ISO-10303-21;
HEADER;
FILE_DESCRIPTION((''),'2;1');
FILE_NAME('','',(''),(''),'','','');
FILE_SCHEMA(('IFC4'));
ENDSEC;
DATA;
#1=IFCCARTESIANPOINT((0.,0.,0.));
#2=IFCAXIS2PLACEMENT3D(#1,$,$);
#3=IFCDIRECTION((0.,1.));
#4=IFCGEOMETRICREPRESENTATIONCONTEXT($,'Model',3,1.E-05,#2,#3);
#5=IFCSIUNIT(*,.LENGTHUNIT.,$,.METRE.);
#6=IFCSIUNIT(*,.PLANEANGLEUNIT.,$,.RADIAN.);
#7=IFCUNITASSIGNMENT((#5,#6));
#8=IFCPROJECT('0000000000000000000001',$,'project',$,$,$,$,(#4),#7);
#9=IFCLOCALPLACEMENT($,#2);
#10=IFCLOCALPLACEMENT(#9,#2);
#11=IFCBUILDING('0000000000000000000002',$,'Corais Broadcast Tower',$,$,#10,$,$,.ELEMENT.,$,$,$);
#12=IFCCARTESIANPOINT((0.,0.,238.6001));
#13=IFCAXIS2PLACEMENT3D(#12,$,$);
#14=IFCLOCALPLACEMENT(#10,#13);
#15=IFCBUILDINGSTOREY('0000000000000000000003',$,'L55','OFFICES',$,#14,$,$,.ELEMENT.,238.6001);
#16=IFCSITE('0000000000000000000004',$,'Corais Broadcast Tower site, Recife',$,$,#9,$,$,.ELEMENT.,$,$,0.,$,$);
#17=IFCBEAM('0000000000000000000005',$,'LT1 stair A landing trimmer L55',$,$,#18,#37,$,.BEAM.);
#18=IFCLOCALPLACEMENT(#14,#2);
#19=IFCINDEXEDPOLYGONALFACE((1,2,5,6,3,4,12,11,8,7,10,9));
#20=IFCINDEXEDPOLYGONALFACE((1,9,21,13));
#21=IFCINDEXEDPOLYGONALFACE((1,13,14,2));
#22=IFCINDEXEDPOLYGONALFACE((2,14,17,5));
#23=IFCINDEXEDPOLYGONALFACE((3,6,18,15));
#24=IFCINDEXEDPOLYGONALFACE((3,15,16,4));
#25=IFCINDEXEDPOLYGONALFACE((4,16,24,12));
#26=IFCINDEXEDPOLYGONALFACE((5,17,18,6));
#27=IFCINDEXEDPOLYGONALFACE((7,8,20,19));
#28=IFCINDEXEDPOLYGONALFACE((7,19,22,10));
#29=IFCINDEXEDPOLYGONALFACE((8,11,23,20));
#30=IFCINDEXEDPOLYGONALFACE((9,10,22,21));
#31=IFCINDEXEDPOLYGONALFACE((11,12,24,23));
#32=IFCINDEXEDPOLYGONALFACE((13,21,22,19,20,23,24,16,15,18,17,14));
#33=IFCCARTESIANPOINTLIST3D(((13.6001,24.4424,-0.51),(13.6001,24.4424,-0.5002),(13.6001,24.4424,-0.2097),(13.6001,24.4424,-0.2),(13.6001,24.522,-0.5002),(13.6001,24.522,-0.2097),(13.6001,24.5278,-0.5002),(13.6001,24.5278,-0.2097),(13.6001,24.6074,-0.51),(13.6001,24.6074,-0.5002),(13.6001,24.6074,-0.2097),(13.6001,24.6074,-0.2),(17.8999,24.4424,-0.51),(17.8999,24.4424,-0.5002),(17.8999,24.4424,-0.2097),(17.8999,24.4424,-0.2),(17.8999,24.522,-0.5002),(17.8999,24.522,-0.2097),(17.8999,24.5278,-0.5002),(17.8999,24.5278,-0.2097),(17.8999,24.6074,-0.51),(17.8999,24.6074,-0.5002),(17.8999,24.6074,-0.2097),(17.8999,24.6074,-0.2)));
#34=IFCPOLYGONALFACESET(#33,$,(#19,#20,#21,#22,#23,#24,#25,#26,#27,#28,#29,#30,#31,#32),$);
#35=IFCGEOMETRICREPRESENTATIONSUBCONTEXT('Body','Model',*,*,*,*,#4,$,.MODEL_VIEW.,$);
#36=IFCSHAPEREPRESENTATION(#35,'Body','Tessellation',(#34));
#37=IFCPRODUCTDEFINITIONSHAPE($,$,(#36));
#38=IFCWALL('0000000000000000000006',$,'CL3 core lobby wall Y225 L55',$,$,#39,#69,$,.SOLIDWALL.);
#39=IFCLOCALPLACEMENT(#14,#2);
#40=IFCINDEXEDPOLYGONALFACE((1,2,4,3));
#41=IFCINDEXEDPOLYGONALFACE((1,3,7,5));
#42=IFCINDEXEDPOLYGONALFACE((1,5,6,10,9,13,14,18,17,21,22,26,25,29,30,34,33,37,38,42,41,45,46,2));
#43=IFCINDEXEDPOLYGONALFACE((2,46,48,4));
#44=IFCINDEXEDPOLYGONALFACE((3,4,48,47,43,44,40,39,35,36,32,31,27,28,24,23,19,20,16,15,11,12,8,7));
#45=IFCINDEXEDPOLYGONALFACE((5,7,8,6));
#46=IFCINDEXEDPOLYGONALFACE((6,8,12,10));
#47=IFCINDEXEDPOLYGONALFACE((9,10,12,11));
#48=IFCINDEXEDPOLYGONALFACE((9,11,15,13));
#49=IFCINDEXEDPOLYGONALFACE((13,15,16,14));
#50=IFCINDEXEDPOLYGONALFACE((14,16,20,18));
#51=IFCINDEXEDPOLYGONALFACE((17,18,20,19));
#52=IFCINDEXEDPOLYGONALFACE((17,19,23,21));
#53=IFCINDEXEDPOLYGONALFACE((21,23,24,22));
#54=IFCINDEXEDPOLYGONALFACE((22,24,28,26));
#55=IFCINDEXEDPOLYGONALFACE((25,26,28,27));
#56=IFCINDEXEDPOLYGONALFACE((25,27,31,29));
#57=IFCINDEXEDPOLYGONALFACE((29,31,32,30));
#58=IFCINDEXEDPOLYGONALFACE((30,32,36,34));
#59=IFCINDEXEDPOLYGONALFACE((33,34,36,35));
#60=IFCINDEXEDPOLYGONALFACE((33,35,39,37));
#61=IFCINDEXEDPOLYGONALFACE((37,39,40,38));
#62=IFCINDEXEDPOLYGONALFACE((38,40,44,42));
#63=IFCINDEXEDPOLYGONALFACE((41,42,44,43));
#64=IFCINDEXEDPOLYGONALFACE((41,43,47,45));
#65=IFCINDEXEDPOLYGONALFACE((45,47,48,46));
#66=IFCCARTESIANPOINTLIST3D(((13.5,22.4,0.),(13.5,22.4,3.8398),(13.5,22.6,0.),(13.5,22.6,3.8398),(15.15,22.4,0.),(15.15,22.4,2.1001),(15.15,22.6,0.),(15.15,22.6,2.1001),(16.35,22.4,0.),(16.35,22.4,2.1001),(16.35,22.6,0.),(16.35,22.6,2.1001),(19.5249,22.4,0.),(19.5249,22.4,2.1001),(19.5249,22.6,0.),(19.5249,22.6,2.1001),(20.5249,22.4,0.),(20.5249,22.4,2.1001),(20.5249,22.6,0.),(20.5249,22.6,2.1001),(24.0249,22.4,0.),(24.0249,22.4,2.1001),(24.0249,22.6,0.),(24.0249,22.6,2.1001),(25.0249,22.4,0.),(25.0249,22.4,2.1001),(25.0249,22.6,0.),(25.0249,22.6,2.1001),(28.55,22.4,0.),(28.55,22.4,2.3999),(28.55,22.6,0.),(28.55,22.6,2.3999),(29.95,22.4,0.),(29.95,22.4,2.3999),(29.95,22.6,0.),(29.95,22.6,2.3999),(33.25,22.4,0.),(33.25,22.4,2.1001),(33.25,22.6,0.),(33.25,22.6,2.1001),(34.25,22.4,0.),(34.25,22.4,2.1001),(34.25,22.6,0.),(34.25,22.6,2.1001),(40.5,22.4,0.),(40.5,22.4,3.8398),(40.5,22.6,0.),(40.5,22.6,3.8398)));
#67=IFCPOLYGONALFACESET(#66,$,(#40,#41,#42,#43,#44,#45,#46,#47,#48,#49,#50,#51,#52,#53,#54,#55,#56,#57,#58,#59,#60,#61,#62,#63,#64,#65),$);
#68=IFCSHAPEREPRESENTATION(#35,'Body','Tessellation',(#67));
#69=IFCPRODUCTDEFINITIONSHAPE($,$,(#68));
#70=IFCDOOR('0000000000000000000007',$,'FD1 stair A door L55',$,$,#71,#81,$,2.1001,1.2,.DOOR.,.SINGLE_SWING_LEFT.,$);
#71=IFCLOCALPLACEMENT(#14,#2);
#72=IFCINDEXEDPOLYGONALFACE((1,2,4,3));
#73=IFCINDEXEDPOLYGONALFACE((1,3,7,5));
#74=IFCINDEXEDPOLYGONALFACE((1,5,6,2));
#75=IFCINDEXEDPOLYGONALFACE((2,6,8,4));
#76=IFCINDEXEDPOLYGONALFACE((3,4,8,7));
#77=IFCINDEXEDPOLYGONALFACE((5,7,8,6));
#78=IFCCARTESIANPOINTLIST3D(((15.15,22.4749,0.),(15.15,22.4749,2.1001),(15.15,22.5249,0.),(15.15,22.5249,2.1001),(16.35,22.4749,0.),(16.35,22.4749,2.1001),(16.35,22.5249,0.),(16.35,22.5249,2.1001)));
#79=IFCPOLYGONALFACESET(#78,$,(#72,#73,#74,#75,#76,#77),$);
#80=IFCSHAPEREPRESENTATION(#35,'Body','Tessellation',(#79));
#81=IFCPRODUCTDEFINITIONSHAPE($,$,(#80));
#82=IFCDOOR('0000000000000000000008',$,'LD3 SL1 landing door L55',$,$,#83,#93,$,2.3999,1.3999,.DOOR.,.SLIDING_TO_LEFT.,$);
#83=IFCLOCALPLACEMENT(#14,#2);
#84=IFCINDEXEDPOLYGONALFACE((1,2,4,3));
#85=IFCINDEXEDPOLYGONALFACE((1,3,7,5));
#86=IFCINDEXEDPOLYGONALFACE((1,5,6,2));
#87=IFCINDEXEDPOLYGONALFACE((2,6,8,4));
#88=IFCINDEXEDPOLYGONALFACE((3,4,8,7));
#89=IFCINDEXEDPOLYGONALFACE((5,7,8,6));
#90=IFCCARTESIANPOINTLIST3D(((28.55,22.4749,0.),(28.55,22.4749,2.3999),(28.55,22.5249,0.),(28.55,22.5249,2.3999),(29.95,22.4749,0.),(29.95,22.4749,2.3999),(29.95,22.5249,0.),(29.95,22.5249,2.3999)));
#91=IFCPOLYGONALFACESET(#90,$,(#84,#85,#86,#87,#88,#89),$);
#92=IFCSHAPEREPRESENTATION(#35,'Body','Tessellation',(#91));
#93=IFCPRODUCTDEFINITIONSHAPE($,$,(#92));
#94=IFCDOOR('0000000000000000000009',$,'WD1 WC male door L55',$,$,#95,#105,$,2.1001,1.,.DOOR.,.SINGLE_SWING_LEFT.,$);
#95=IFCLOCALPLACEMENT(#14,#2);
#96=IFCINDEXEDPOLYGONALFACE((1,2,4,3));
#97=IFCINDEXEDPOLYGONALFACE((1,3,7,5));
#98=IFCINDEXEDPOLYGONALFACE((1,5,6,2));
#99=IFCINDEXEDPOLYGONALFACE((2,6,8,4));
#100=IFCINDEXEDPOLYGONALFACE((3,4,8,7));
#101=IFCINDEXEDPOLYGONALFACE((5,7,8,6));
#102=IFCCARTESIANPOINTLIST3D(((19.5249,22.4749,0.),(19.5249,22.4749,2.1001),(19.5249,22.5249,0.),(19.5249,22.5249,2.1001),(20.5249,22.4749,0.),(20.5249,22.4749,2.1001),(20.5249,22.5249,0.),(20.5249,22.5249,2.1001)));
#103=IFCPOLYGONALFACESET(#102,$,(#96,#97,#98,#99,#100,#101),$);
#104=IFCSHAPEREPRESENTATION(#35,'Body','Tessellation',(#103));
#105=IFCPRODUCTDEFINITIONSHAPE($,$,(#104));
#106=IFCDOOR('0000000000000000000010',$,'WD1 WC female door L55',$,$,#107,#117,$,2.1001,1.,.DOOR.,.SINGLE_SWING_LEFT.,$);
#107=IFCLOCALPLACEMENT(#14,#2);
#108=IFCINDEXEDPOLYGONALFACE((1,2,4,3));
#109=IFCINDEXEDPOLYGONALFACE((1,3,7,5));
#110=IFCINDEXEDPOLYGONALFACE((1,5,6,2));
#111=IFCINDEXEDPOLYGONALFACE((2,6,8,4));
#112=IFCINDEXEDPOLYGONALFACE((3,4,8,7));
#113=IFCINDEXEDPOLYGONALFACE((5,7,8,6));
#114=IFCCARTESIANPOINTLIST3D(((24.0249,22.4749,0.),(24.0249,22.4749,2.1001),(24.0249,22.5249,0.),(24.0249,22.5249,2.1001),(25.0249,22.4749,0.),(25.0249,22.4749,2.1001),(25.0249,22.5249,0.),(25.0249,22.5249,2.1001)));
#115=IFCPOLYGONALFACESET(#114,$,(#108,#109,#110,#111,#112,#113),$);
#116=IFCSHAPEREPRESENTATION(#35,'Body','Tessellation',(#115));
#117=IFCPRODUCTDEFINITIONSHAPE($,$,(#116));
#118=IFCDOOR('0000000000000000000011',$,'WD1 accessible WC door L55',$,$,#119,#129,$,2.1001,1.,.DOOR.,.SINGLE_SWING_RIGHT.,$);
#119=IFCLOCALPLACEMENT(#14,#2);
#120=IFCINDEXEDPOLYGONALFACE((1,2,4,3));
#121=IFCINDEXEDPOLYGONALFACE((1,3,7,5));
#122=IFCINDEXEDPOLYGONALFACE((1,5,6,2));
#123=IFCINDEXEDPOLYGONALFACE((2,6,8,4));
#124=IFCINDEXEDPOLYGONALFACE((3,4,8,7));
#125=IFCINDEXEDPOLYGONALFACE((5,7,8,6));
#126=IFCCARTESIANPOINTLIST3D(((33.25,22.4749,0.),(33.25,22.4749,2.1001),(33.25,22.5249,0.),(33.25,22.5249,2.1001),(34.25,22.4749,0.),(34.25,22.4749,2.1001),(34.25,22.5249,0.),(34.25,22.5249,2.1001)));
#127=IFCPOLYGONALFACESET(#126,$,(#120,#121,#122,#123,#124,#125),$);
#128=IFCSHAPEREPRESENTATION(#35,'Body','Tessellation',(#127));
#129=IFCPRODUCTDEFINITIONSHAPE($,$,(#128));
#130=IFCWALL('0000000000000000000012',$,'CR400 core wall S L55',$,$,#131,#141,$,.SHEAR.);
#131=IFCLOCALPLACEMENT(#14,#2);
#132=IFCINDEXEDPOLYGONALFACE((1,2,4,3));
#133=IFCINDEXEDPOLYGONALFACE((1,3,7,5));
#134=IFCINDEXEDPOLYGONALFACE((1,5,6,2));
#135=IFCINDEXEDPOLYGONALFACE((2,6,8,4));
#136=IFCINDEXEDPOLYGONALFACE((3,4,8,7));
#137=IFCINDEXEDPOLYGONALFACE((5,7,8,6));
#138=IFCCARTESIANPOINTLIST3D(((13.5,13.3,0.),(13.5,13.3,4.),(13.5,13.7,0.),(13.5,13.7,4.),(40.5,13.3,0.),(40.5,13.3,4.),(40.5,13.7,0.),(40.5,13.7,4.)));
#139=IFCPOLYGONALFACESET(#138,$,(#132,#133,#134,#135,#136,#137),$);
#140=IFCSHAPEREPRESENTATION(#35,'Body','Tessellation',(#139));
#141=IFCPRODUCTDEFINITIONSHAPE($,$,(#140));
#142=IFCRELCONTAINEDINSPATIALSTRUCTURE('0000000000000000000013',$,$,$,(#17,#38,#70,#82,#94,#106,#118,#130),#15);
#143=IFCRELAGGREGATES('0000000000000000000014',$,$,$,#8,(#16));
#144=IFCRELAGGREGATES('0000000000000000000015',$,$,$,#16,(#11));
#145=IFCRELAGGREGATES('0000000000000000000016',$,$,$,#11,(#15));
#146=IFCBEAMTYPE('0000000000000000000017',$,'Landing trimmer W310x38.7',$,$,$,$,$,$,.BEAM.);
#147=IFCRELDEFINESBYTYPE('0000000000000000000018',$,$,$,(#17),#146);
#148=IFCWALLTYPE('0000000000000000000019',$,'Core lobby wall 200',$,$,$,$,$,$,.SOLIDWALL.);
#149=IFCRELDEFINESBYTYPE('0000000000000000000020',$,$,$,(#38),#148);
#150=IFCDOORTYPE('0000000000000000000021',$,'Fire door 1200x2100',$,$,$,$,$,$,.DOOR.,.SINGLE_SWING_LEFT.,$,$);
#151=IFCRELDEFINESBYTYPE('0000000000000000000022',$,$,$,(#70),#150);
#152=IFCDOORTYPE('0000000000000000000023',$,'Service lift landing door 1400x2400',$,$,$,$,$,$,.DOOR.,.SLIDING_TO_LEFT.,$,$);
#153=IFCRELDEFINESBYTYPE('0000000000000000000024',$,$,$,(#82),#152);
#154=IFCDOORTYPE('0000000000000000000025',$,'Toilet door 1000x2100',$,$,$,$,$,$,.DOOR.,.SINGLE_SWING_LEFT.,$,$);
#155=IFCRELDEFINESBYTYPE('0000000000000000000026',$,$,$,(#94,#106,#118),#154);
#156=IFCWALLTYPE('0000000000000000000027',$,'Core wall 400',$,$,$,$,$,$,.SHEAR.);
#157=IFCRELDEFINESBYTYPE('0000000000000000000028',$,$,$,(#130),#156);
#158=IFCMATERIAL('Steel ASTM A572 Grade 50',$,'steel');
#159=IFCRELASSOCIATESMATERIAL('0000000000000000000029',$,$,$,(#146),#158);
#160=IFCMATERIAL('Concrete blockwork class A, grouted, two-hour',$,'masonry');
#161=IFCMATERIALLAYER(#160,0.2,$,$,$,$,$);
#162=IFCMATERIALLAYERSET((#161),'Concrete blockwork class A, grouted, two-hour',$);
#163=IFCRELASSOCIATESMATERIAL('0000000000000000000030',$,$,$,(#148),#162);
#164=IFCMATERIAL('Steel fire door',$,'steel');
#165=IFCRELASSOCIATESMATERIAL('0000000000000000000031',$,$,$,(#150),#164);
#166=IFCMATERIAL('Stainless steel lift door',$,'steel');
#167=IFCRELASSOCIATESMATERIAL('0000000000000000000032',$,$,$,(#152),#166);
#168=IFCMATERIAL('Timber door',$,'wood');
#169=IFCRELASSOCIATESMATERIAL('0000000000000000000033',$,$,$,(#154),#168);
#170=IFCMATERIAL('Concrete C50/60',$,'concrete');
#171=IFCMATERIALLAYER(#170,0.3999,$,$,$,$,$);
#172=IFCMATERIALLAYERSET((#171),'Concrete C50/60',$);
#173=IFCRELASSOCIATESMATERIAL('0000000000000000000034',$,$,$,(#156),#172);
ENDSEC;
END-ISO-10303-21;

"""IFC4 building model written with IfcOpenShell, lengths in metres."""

from ifc_helpers import new_model, si_unit, direction, frame, frame_2d, origin, origin_2d, place, context, subcontext, project, spatial, rectangle, i_section, extrude, material, layer, layer_set, material_profile, profile_set, type_object, element, fill, save


model = new_model("IFC4")

# Units and contexts
model_context = context("Model", 3, precision=1e-05, world=origin(), true_north=direction((0.0, 1.0)))
body_context = subcontext(model_context, "Body", "Model", "MODEL_VIEW")
ifc_project = project(units=[si_unit("LENGTHUNIT", "METRE"), si_unit("PLANEANGLEUNIT", "RADIAN")], contexts=[model_context])

# Site, building, storey
site_placement = place(None, origin())
site = spatial("IfcSite", under=ifc_project, at=site_placement, Name="Corais Broadcast Tower site, Recife", CompositionType="ELEMENT", RefElevation=0.0)
building_placement = place(site_placement, origin())
building = spatial("IfcBuilding", under=site, at=building_placement, Name="Corais Broadcast Tower", CompositionType="ELEMENT")
storey_placement = place(building_placement, frame((0.0, 0.0, 238.6001)))
storey = spatial("IfcBuildingStorey", under=building, at=storey_placement, Name="L55", Description="OFFICES", CompositionType="ELEMENT", Elevation=238.6001)

# Beam
ifc_material_1 = material(Name="Steel ASTM A572 Grade 50", Category="steel")
ifc_material_profile = material_profile(ifc_material_1, i_section(OverallWidth=0.165, OverallDepth=0.3101, WebThickness=0.0059, FlangeThickness=0.0098, at=origin_2d()), Name="W310x38.7")
ifc_profile_set = profile_set([ifc_material_profile], Name="Steel ASTM A572 Grade 50")
beam_type = type_object("IfcBeamType", Name="Landing trimmer W310x38.7", PredefinedType="BEAM", material=ifc_profile_set)
beam_placement = place(storey_placement, frame((13.6001, 24.5249, -0.355), z_axis=(1.0, 0.0, 0.0), x_axis=(0.0, 1.0, 0.0)))
element("IfcBeam", 1, at=beam_placement, inside=storey, type_object=beam_type, Name="LT1 stair A landing trimmer L55", PredefinedType="BEAM", context=body_context, shape_type="SweptSolid", body=[
    extrude(i_section(OverallWidth=0.165, OverallDepth=0.3101, WebThickness=0.0059, FlangeThickness=0.0098, at=origin_2d()), origin(), (0.0, 0.0, 1.0), 4.2998),
])

# Wall, openings, doors
ifc_material_2 = material(Name="Concrete blockwork class A, grouted, two-hour", Category="masonry")
ifc_layer_1 = layer(ifc_material_2, 0.2)
ifc_layer_set_1 = layer_set([ifc_layer_1], Name="Concrete blockwork class A, grouted, two-hour")
wall_type_1 = type_object("IfcWallType", Name="Core lobby wall 200", PredefinedType="SOLIDWALL", material=ifc_layer_set_1)
wall_1_placement = place(storey_placement, frame((13.5, 22.5, 0.0), z_axis=(0.0, 0.0, 1.0), x_axis=(1.0, 0.0, 0.0)))
wall_1 = element("IfcWall", 2, at=wall_1_placement, inside=storey, type_object=wall_type_1, Name="CL3 core lobby wall Y225 L55", PredefinedType="SOLIDWALL", context=body_context, shape_type="SweptSolid", body=[
    extrude(rectangle(XDim=27.0, YDim=0.2, at=frame_2d((13.5, 0.0))), origin(), (0.0, 0.0, 1.0), 3.8398),
])
opening_1_placement = place(wall_1_placement, frame((1.6499, 0.0, 0.0)))
opening_1 = element("IfcOpeningElement", 3, at=opening_1_placement, cuts=wall_1, PredefinedType="OPENING", context=body_context, shape_type="SweptSolid", body=[
    extrude(rectangle(XDim=1.2, YDim=2.1001, at=frame_2d((0.6001, 1.05))), frame((0.0, 0.1099, 0.0), z_axis=(0.0, -1.0, 0.0), x_axis=(1.0, 0.0, 0.0)), (0.0, 0.0, 1.0), 0.22),
])
opening_2_placement = place(wall_1_placement, frame((6.0249, 0.0, 0.0)))
opening_2 = element("IfcOpeningElement", 4, at=opening_2_placement, cuts=wall_1, PredefinedType="OPENING", context=body_context, shape_type="SweptSolid", body=[
    extrude(rectangle(XDim=1.0, YDim=2.1001, at=frame_2d((0.5, 1.05))), frame((0.0, 0.1099, 0.0), z_axis=(0.0, -1.0, 0.0), x_axis=(1.0, 0.0, 0.0)), (0.0, 0.0, 1.0), 0.22),
])
opening_3_placement = place(wall_1_placement, frame((10.5249, 0.0, 0.0)))
opening_3 = element("IfcOpeningElement", 5, at=opening_3_placement, cuts=wall_1, PredefinedType="OPENING", context=body_context, shape_type="SweptSolid", body=[
    extrude(rectangle(XDim=1.0, YDim=2.1001, at=frame_2d((0.5, 1.05))), frame((0.0, 0.1099, 0.0), z_axis=(0.0, -1.0, 0.0), x_axis=(1.0, 0.0, 0.0)), (0.0, 0.0, 1.0), 0.22),
])
opening_4_placement = place(wall_1_placement, frame((19.75, 0.0, 0.0)))
opening_4 = element("IfcOpeningElement", 6, at=opening_4_placement, cuts=wall_1, PredefinedType="OPENING", context=body_context, shape_type="SweptSolid", body=[
    extrude(rectangle(XDim=1.0, YDim=2.1001, at=frame_2d((0.5, 1.05))), frame((0.0, 0.1099, 0.0), z_axis=(0.0, -1.0, 0.0), x_axis=(1.0, 0.0, 0.0)), (0.0, 0.0, 1.0), 0.22),
])
opening_5_placement = place(wall_1_placement, frame((15.05, 0.0, 0.0)))
opening_5 = element("IfcOpeningElement", 7, at=opening_5_placement, cuts=wall_1, PredefinedType="OPENING", context=body_context, shape_type="SweptSolid", body=[
    extrude(rectangle(XDim=1.3999, YDim=2.3999, at=frame_2d((0.7, 1.2))), frame((0.0, 0.1099, 0.0), z_axis=(0.0, -1.0, 0.0), x_axis=(1.0, 0.0, 0.0)), (0.0, 0.0, 1.0), 0.22),
])
ifc_material_3 = material(Name="Steel fire door", Category="steel")
door_type_1 = type_object("IfcDoorType", Name="Fire door 1200x2100", OperationType="SINGLE_SWING_LEFT", PredefinedType="DOOR", material=ifc_material_3)
door_1_placement = place(opening_1_placement, origin())
door_1 = element("IfcDoor", 8, at=door_1_placement, inside=storey, type_object=door_type_1, Name="FD1 stair A door L55", OperationType="SINGLE_SWING_LEFT", OverallHeight=2.1001, OverallWidth=1.2, PredefinedType="DOOR", context=body_context, shape_type="SweptSolid", body=[
    extrude(rectangle(XDim=1.2, YDim=2.1001, at=frame_2d((0.6001, 1.05))), frame((0.0, 0.0249, 0.0), z_axis=(0.0, -1.0, 0.0), x_axis=(1.0, 0.0, 0.0)), (0.0, 0.0, 1.0), 0.05),
])
fill(opening_1, door_1)
ifc_material_4 = material(Name="Stainless steel lift door", Category="steel")
door_type_2 = type_object("IfcDoorType", Name="Service lift landing door 1400x2400", OperationType="SLIDING_TO_LEFT", PredefinedType="DOOR", material=ifc_material_4)
door_2_placement = place(opening_5_placement, origin())
door_2 = element("IfcDoor", 9, at=door_2_placement, inside=storey, type_object=door_type_2, Name="LD3 SL1 landing door L55", OperationType="SLIDING_TO_LEFT", OverallHeight=2.3999, OverallWidth=1.3999, PredefinedType="DOOR", context=body_context, shape_type="SweptSolid", body=[
    extrude(rectangle(XDim=1.3999, YDim=2.3999, at=frame_2d((0.7, 1.2))), frame((0.0, 0.0249, 0.0), z_axis=(0.0, -1.0, 0.0), x_axis=(1.0, 0.0, 0.0)), (0.0, 0.0, 1.0), 0.05),
])
fill(opening_5, door_2)
ifc_material_5 = material(Name="Timber door", Category="wood")
door_type_3 = type_object("IfcDoorType", Name="Toilet door 1000x2100", OperationType="SINGLE_SWING_LEFT", PredefinedType="DOOR", material=ifc_material_5)
door_3_placement = place(opening_2_placement, origin())
door_3 = element("IfcDoor", 10, at=door_3_placement, inside=storey, type_object=door_type_3, Name="WD1 WC male door L55", OperationType="SINGLE_SWING_LEFT", OverallHeight=2.1001, OverallWidth=1.0, PredefinedType="DOOR", context=body_context, shape_type="SweptSolid", body=[
    extrude(rectangle(XDim=1.0, YDim=2.1001, at=frame_2d((0.5, 1.05))), frame((0.0, 0.0249, 0.0), z_axis=(0.0, -1.0, 0.0), x_axis=(1.0, 0.0, 0.0)), (0.0, 0.0, 1.0), 0.05),
])
fill(opening_2, door_3)
door_4_placement = place(opening_3_placement, origin())
door_4 = element("IfcDoor", 11, at=door_4_placement, inside=storey, type_object=door_type_3, Name="WD1 WC female door L55", OperationType="SINGLE_SWING_LEFT", OverallHeight=2.1001, OverallWidth=1.0, PredefinedType="DOOR", context=body_context, shape_type="SweptSolid", body=[
    extrude(rectangle(XDim=1.0, YDim=2.1001, at=frame_2d((0.5, 1.05))), frame((0.0, 0.0249, 0.0), z_axis=(0.0, -1.0, 0.0), x_axis=(1.0, 0.0, 0.0)), (0.0, 0.0, 1.0), 0.05),
])
fill(opening_3, door_4)
door_5_placement = place(opening_4_placement, origin())
door_5 = element("IfcDoor", 12, at=door_5_placement, inside=storey, type_object=door_type_3, Name="WD1 accessible WC door L55", OperationType="SINGLE_SWING_RIGHT", OverallHeight=2.1001, OverallWidth=1.0, PredefinedType="DOOR", context=body_context, shape_type="SweptSolid", body=[
    extrude(rectangle(XDim=1.0, YDim=2.1001, at=frame_2d((0.5, 1.05))), frame((0.0, 0.0249, 0.0), z_axis=(0.0, -1.0, 0.0), x_axis=(1.0, 0.0, 0.0)), (0.0, 0.0, 1.0), 0.05),
])
fill(opening_4, door_5)

# Wall
ifc_material_6 = material(Name="Concrete C50/60", Category="concrete")
ifc_layer_2 = layer(ifc_material_6, 0.3999)
ifc_layer_set_2 = layer_set([ifc_layer_2], Name="Concrete C50/60")
wall_type_2 = type_object("IfcWallType", Name="Core wall 400", PredefinedType="SHEAR", material=ifc_layer_set_2)
wall_2_placement = place(storey_placement, frame((13.5, 13.5, 0.0), z_axis=(0.0, 0.0, 1.0), x_axis=(1.0, 0.0, 0.0)))
element("IfcWall", 13, at=wall_2_placement, inside=storey, type_object=wall_type_2, Name="CR400 core wall S L55", PredefinedType="SHEAR", context=body_context, shape_type="SweptSolid", body=[
    extrude(rectangle(XDim=27.0, YDim=0.3999, at=frame_2d((13.5, 0.0))), origin(), (0.0, 0.0, 1.0), 4.0),
])

save(model, "model.ifc")
